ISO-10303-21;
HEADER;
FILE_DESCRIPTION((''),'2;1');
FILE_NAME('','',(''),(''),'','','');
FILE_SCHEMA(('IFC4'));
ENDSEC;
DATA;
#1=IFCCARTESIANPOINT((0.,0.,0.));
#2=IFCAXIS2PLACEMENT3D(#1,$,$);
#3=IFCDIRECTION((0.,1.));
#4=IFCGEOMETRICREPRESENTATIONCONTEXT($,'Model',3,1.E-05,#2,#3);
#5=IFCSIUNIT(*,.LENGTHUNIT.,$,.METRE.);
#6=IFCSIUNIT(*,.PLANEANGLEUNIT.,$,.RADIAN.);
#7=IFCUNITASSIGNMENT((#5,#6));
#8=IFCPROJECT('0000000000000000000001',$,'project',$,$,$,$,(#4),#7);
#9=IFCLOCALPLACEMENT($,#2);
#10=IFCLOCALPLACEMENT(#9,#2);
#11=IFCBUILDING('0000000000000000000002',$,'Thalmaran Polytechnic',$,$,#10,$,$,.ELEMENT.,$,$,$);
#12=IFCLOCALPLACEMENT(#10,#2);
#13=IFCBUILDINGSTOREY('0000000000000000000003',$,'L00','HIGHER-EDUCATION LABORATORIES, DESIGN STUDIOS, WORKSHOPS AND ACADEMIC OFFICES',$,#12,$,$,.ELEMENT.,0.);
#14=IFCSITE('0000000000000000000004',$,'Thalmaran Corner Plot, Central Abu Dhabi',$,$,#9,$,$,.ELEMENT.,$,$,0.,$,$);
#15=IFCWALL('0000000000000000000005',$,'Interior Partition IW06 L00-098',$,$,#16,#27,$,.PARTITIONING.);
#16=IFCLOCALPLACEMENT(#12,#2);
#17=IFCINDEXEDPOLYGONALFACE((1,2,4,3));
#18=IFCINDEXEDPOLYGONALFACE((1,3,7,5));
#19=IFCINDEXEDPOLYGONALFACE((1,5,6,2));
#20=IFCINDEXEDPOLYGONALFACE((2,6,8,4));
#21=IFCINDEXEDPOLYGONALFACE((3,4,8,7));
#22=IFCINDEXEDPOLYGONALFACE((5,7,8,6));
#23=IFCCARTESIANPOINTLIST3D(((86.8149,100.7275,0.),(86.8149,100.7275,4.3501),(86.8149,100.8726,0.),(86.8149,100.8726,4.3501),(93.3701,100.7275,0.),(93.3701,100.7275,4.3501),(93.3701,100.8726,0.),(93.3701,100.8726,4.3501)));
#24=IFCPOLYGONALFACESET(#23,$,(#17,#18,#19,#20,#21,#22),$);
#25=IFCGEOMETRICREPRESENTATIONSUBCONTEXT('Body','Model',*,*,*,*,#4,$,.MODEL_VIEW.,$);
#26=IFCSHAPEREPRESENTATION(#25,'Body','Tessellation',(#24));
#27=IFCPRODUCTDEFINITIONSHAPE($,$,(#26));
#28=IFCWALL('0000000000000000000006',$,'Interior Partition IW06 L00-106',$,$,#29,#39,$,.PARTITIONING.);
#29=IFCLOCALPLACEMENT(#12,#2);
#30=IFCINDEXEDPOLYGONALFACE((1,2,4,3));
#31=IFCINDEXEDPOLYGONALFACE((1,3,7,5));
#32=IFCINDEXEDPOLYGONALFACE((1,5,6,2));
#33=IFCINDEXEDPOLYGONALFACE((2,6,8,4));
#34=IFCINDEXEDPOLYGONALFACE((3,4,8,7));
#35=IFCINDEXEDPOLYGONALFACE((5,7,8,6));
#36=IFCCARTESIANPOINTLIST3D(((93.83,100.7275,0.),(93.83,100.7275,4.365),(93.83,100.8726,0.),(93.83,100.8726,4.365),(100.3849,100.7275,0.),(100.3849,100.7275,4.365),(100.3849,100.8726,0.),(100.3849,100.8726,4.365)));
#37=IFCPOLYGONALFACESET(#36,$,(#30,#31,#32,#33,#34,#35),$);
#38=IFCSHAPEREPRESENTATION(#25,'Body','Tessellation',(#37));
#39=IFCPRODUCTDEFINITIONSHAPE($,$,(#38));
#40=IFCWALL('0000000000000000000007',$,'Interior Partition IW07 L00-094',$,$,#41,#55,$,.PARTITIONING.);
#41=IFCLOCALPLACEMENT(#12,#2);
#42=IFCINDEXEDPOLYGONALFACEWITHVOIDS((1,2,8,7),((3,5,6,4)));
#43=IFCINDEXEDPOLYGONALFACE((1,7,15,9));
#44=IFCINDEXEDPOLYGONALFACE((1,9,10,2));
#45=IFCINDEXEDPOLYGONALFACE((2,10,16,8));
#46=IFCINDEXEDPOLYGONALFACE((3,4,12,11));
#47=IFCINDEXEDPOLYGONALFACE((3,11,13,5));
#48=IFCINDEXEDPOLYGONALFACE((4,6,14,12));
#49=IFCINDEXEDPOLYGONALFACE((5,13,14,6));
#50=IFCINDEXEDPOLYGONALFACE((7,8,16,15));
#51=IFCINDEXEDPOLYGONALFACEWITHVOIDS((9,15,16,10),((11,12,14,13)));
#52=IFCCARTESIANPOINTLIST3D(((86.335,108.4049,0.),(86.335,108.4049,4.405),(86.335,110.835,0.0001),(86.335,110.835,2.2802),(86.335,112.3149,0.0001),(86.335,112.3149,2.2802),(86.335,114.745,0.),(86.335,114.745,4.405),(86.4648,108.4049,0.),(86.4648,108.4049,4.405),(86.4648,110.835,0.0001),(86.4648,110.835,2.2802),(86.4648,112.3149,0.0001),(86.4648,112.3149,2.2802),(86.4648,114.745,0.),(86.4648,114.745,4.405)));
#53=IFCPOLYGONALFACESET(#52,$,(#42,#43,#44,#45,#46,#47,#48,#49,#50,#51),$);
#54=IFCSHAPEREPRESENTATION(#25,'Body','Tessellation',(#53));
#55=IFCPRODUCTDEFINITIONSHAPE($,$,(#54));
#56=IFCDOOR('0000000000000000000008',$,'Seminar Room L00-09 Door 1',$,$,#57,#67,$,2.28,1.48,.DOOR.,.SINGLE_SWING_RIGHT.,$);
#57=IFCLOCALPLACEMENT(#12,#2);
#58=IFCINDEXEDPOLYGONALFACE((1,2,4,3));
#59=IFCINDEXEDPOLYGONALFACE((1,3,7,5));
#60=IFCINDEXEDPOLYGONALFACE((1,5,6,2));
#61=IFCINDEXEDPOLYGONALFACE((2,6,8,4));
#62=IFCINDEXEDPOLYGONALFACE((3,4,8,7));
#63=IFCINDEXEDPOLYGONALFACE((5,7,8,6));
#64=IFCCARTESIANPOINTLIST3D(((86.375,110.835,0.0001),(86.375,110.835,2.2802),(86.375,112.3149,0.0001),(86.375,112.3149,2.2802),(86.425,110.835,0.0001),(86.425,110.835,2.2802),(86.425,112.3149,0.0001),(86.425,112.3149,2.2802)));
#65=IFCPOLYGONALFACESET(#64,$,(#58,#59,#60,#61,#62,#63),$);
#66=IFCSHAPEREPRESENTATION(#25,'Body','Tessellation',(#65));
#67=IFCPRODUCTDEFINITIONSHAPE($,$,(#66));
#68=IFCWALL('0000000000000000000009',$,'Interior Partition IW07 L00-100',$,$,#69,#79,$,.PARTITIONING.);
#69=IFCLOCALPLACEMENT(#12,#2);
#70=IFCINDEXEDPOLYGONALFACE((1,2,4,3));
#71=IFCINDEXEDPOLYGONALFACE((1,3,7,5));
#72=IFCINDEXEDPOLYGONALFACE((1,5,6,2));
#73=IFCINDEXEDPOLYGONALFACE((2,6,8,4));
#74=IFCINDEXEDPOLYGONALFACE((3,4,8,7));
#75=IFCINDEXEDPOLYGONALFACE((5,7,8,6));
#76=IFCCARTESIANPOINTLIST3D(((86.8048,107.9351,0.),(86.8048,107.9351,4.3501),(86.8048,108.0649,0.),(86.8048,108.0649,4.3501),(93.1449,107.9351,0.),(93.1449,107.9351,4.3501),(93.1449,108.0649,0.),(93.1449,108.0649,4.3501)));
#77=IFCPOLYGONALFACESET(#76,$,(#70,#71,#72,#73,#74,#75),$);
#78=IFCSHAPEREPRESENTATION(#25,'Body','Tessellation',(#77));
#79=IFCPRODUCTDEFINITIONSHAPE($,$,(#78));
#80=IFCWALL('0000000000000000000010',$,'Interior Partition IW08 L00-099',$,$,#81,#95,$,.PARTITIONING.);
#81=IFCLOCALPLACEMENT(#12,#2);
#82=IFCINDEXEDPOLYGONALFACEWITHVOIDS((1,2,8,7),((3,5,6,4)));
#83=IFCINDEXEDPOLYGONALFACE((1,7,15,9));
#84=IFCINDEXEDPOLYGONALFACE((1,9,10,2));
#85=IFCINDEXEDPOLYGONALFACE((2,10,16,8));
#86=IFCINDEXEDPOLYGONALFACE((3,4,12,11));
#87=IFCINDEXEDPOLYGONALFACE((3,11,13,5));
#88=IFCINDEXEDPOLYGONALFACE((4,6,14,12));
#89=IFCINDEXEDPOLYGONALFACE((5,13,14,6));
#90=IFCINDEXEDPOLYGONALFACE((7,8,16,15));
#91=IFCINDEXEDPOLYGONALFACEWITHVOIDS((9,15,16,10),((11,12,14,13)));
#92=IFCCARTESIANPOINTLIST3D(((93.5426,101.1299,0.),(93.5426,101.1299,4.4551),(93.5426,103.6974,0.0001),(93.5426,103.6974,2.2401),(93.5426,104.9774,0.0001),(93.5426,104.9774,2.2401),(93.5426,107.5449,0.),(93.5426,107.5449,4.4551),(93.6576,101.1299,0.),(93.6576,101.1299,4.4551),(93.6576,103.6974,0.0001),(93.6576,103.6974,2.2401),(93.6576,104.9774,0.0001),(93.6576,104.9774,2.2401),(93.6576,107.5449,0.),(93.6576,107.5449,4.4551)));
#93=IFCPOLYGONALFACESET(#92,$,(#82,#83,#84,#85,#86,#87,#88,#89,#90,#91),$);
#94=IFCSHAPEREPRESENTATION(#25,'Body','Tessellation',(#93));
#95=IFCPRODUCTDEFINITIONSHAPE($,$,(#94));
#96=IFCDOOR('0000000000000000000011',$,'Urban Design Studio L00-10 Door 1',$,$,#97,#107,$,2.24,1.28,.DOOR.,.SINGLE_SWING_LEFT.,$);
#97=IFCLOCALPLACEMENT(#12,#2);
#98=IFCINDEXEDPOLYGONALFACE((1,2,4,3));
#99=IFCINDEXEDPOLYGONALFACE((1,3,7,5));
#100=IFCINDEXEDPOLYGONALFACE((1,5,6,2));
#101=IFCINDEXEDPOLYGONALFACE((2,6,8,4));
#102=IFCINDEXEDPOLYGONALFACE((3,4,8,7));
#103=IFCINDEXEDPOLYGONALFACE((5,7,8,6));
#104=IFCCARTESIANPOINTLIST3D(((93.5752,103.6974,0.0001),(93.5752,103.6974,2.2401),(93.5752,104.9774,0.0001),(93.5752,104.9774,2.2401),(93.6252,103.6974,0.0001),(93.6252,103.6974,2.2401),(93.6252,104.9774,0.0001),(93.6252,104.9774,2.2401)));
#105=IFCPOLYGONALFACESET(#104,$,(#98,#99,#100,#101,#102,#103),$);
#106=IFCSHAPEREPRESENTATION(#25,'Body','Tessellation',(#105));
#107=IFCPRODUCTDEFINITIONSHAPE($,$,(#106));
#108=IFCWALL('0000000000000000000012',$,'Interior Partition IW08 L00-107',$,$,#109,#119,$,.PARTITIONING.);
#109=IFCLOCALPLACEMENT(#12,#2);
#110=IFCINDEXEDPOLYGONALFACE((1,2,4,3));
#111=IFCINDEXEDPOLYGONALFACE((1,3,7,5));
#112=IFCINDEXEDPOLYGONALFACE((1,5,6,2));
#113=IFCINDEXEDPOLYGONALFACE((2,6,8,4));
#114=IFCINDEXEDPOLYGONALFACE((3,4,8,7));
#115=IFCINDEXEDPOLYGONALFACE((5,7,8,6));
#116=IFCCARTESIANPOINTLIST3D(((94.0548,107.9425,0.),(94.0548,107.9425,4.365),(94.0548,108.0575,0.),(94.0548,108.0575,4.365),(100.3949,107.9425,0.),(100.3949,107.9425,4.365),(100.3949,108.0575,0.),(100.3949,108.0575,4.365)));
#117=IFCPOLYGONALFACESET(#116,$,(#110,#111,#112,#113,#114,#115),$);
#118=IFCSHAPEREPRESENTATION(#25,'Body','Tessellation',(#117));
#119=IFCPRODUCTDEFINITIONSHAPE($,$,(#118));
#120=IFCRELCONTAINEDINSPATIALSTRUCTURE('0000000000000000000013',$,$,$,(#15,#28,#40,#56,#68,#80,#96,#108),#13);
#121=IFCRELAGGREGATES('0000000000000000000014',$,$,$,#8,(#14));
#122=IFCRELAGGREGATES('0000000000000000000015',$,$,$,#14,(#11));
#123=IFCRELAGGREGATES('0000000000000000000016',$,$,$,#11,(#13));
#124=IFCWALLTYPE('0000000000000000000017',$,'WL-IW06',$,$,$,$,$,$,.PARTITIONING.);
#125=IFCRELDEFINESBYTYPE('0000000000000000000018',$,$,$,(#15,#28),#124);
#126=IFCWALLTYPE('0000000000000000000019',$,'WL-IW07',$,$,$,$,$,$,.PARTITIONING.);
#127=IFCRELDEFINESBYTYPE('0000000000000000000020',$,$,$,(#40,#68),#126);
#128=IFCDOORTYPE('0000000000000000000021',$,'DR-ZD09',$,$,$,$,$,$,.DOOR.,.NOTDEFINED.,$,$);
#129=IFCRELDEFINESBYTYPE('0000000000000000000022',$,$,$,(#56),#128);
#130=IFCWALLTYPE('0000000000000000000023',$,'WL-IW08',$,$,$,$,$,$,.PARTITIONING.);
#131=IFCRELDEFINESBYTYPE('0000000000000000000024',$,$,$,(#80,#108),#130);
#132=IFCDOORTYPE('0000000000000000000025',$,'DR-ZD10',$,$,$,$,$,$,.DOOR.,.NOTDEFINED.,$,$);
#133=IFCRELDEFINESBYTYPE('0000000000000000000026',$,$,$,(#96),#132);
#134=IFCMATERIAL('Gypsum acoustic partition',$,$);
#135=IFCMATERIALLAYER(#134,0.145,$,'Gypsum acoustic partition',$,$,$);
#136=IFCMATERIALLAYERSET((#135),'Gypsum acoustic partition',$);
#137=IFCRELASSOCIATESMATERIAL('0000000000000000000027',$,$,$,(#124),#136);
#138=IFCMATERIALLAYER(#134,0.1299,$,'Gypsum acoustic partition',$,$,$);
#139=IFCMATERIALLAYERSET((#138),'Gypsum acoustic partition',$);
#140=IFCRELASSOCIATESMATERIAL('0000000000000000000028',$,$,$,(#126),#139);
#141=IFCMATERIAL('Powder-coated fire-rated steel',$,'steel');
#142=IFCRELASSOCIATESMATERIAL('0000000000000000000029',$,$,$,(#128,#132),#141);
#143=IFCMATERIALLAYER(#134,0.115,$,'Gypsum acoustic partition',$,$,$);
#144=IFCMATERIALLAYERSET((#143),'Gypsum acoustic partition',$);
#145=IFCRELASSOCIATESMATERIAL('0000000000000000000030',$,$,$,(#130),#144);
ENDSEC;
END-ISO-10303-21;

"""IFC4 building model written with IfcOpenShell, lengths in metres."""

from ifc_helpers import new_model, si_unit, direction, frame, frame_2d, origin, place, context, subcontext, project, spatial, rectangle, extrude, material, layer, layer_set, type_object, element, fill, save


model = new_model("IFC4")

# Units and contexts
model_context = context("Model", 3, precision=1e-05, world=origin(), true_north=direction((0.0, 1.0)))
body_context = subcontext(model_context, "Body", "Model", "MODEL_VIEW")
ifc_project = project(units=[si_unit("LENGTHUNIT", "METRE"), si_unit("PLANEANGLEUNIT", "RADIAN")], contexts=[model_context])

# Site, building, storey
site_placement = place(None, origin())
site = spatial("IfcSite", under=ifc_project, at=site_placement, Name="Thalmaran Corner Plot, Central Abu Dhabi", CompositionType="ELEMENT", RefElevation=0.0)
building_placement = place(site_placement, origin())
building = spatial("IfcBuilding", under=site, at=building_placement, Name="Thalmaran Polytechnic", CompositionType="ELEMENT")
storey_placement = place(building_placement, origin())
storey = spatial("IfcBuildingStorey", under=building, at=storey_placement, Name="L00", Description="HIGHER-EDUCATION LABORATORIES, DESIGN STUDIOS, WORKSHOPS AND ACADEMIC OFFICES", CompositionType="ELEMENT", Elevation=0.0)

# Walls
ifc_material_1 = material(Name="Gypsum acoustic partition")
ifc_layer_1 = layer(ifc_material_1, 0.145, Name="Gypsum acoustic partition")
ifc_layer_set_1 = layer_set([ifc_layer_1], Name="Gypsum acoustic partition")
wall_type_1 = type_object("IfcWallType", Name="WL-IW06", PredefinedType="PARTITIONING", material=ifc_layer_set_1)
wall_1_placement = place(storey_placement, frame((86.8149, 100.8, 0.0), z_axis=(0.0, 0.0, 1.0), x_axis=(1.0, 0.0, 0.0)))
element("IfcWall", 1, at=wall_1_placement, inside=storey, type_object=wall_type_1, Name="Interior Partition IW06 L00-098", PredefinedType="PARTITIONING", context=body_context, shape_type="SweptSolid", body=[
    extrude(rectangle(XDim=6.5552, YDim=0.145, at=frame_2d((3.2776, 0.0))), origin(), (0.0, 0.0, 1.0), 4.3501),
])
wall_2_placement = place(storey_placement, frame((93.8301, 100.8, 0.0), z_axis=(0.0, 0.0, 1.0), x_axis=(1.0, 0.0, 0.0)))
element("IfcWall", 2, at=wall_2_placement, inside=storey, type_object=wall_type_1, Name="Interior Partition IW06 L00-106", PredefinedType="PARTITIONING", context=body_context, shape_type="SweptSolid", body=[
    extrude(rectangle(XDim=6.5549, YDim=0.145, at=frame_2d((3.2773, 0.0))), origin(), (0.0, 0.0, 1.0), 4.365),
])

# Wall, opening, door
ifc_layer_2 = layer(ifc_material_1, 0.1299, Name="Gypsum acoustic partition")
ifc_layer_set_2 = layer_set([ifc_layer_2], Name="Gypsum acoustic partition")
wall_type_2 = type_object("IfcWallType", Name="WL-IW07", PredefinedType="PARTITIONING", material=ifc_layer_set_2)
wall_3_placement = place(storey_placement, frame((86.3999, 108.405, 0.0), z_axis=(0.0, 0.0, 1.0), x_axis=(0.0, 1.0, 0.0)))
wall_3 = element("IfcWall", 3, at=wall_3_placement, inside=storey, type_object=wall_type_2, Name="Interior Partition IW07 L00-094", PredefinedType="PARTITIONING", context=body_context, shape_type="SweptSolid", body=[
    extrude(rectangle(XDim=6.3401, YDim=0.1299, at=frame_2d((3.1699, 0.0))), origin(), (0.0, 0.0, 1.0), 4.405),
])
opening_1_placement = place(wall_3_placement, frame((2.4299, 0.0, 0.0)))
opening_1 = element("IfcOpeningElement", 4, at=opening_1_placement, cuts=wall_3, PredefinedType="OPENING", context=body_context, shape_type="SweptSolid", body=[
    extrude(rectangle(XDim=1.48, YDim=2.28, at=frame_2d((0.74, 1.1401))), frame((0.0, 0.075, 0.0), z_axis=(0.0, -1.0, 0.0), x_axis=(1.0, 0.0, 0.0)), (0.0, 0.0, 1.0), 0.1499),
])
ifc_material_2 = material(Name="Powder-coated fire-rated steel", Category="steel")
door_type_1 = type_object("IfcDoorType", Name="DR-ZD09", OperationType="NOTDEFINED", PredefinedType="DOOR", material=ifc_material_2)
door_1_placement = place(opening_1_placement, origin())
door_1 = element("IfcDoor", 5, at=door_1_placement, inside=storey, type_object=door_type_1, Name="Seminar Room L00-09 Door 1", OperationType="SINGLE_SWING_RIGHT", OverallHeight=2.28, OverallWidth=1.48, PredefinedType="DOOR", context=body_context, shape_type="SweptSolid", body=[
    extrude(rectangle(XDim=1.48, YDim=2.28, at=frame_2d((0.74, 1.1401))), frame((0.0, 0.0249, 0.0), z_axis=(0.0, -1.0, 0.0), x_axis=(1.0, 0.0, 0.0)), (0.0, 0.0, 1.0), 0.05),
])
fill(opening_1, door_1)

# Wall
wall_4_placement = place(storey_placement, frame((86.8049, 108.0, 0.0), z_axis=(0.0, 0.0, 1.0), x_axis=(1.0, 0.0, 0.0)))
element("IfcWall", 6, at=wall_4_placement, inside=storey, type_object=wall_type_2, Name="Interior Partition IW07 L00-100", PredefinedType="PARTITIONING", context=body_context, shape_type="SweptSolid", body=[
    extrude(rectangle(XDim=6.3401, YDim=0.1299, at=frame_2d((3.1699, 0.0))), origin(), (0.0, 0.0, 1.0), 4.3501),
])

# Wall, opening, door
ifc_layer_3 = layer(ifc_material_1, 0.115, Name="Gypsum acoustic partition")
ifc_layer_set_3 = layer_set([ifc_layer_3], Name="Gypsum acoustic partition")
wall_type_3 = type_object("IfcWallType", Name="WL-IW08", PredefinedType="PARTITIONING", material=ifc_layer_set_3)
wall_5_placement = place(storey_placement, frame((93.6001, 101.1299, 0.0), z_axis=(0.0, 0.0, 1.0), x_axis=(0.0, 1.0, 0.0)))
wall_5 = element("IfcWall", 7, at=wall_5_placement, inside=storey, type_object=wall_type_3, Name="Interior Partition IW08 L00-099", PredefinedType="PARTITIONING", context=body_context, shape_type="SweptSolid", body=[
    extrude(rectangle(XDim=6.415, YDim=0.115, at=frame_2d((3.2075, 0.0))), origin(), (0.0, 0.0, 1.0), 4.4551),
])
opening_2_placement = place(wall_5_placement, frame((2.5674, 0.0, 0.0)))
opening_2 = element("IfcOpeningElement", 8, at=opening_2_placement, cuts=wall_5, PredefinedType="OPENING", context=body_context, shape_type="SweptSolid", body=[
    extrude(rectangle(XDim=1.28, YDim=2.24, at=frame_2d((0.6401, 1.1201))), frame((0.0, 0.0674, 0.0), z_axis=(0.0, -1.0, 0.0), x_axis=(1.0, 0.0, 0.0)), (0.0, 0.0, 1.0), 0.135),
])
door_type_2 = type_object("IfcDoorType", Name="DR-ZD10", OperationType="NOTDEFINED", PredefinedType="DOOR", material=ifc_material_2)
door_2_placement = place(opening_2_placement, origin())
door_2 = element("IfcDoor", 9, at=door_2_placement, inside=storey, type_object=door_type_2, Name="Urban Design Studio L00-10 Door 1", OperationType="SINGLE_SWING_LEFT", OverallHeight=2.24, OverallWidth=1.28, PredefinedType="DOOR", context=body_context, shape_type="SweptSolid", body=[
    extrude(rectangle(XDim=1.28, YDim=2.24, at=frame_2d((0.6401, 1.1201))), frame((0.0, 0.0249, 0.0), z_axis=(0.0, -1.0, 0.0), x_axis=(1.0, 0.0, 0.0)), (0.0, 0.0, 1.0), 0.05),
])
fill(opening_2, door_2)

# Wall
wall_6_placement = place(storey_placement, frame((94.0549, 108.0, 0.0), z_axis=(0.0, 0.0, 1.0), x_axis=(1.0, 0.0, 0.0)))
element("IfcWall", 10, at=wall_6_placement, inside=storey, type_object=wall_type_3, Name="Interior Partition IW08 L00-107", PredefinedType="PARTITIONING", context=body_context, shape_type="SweptSolid", body=[
    extrude(rectangle(XDim=6.3401, YDim=0.115, at=frame_2d((3.1699, 0.0))), origin(), (0.0, 0.0, 1.0), 4.365),
])

save(model, "model.ifc")
